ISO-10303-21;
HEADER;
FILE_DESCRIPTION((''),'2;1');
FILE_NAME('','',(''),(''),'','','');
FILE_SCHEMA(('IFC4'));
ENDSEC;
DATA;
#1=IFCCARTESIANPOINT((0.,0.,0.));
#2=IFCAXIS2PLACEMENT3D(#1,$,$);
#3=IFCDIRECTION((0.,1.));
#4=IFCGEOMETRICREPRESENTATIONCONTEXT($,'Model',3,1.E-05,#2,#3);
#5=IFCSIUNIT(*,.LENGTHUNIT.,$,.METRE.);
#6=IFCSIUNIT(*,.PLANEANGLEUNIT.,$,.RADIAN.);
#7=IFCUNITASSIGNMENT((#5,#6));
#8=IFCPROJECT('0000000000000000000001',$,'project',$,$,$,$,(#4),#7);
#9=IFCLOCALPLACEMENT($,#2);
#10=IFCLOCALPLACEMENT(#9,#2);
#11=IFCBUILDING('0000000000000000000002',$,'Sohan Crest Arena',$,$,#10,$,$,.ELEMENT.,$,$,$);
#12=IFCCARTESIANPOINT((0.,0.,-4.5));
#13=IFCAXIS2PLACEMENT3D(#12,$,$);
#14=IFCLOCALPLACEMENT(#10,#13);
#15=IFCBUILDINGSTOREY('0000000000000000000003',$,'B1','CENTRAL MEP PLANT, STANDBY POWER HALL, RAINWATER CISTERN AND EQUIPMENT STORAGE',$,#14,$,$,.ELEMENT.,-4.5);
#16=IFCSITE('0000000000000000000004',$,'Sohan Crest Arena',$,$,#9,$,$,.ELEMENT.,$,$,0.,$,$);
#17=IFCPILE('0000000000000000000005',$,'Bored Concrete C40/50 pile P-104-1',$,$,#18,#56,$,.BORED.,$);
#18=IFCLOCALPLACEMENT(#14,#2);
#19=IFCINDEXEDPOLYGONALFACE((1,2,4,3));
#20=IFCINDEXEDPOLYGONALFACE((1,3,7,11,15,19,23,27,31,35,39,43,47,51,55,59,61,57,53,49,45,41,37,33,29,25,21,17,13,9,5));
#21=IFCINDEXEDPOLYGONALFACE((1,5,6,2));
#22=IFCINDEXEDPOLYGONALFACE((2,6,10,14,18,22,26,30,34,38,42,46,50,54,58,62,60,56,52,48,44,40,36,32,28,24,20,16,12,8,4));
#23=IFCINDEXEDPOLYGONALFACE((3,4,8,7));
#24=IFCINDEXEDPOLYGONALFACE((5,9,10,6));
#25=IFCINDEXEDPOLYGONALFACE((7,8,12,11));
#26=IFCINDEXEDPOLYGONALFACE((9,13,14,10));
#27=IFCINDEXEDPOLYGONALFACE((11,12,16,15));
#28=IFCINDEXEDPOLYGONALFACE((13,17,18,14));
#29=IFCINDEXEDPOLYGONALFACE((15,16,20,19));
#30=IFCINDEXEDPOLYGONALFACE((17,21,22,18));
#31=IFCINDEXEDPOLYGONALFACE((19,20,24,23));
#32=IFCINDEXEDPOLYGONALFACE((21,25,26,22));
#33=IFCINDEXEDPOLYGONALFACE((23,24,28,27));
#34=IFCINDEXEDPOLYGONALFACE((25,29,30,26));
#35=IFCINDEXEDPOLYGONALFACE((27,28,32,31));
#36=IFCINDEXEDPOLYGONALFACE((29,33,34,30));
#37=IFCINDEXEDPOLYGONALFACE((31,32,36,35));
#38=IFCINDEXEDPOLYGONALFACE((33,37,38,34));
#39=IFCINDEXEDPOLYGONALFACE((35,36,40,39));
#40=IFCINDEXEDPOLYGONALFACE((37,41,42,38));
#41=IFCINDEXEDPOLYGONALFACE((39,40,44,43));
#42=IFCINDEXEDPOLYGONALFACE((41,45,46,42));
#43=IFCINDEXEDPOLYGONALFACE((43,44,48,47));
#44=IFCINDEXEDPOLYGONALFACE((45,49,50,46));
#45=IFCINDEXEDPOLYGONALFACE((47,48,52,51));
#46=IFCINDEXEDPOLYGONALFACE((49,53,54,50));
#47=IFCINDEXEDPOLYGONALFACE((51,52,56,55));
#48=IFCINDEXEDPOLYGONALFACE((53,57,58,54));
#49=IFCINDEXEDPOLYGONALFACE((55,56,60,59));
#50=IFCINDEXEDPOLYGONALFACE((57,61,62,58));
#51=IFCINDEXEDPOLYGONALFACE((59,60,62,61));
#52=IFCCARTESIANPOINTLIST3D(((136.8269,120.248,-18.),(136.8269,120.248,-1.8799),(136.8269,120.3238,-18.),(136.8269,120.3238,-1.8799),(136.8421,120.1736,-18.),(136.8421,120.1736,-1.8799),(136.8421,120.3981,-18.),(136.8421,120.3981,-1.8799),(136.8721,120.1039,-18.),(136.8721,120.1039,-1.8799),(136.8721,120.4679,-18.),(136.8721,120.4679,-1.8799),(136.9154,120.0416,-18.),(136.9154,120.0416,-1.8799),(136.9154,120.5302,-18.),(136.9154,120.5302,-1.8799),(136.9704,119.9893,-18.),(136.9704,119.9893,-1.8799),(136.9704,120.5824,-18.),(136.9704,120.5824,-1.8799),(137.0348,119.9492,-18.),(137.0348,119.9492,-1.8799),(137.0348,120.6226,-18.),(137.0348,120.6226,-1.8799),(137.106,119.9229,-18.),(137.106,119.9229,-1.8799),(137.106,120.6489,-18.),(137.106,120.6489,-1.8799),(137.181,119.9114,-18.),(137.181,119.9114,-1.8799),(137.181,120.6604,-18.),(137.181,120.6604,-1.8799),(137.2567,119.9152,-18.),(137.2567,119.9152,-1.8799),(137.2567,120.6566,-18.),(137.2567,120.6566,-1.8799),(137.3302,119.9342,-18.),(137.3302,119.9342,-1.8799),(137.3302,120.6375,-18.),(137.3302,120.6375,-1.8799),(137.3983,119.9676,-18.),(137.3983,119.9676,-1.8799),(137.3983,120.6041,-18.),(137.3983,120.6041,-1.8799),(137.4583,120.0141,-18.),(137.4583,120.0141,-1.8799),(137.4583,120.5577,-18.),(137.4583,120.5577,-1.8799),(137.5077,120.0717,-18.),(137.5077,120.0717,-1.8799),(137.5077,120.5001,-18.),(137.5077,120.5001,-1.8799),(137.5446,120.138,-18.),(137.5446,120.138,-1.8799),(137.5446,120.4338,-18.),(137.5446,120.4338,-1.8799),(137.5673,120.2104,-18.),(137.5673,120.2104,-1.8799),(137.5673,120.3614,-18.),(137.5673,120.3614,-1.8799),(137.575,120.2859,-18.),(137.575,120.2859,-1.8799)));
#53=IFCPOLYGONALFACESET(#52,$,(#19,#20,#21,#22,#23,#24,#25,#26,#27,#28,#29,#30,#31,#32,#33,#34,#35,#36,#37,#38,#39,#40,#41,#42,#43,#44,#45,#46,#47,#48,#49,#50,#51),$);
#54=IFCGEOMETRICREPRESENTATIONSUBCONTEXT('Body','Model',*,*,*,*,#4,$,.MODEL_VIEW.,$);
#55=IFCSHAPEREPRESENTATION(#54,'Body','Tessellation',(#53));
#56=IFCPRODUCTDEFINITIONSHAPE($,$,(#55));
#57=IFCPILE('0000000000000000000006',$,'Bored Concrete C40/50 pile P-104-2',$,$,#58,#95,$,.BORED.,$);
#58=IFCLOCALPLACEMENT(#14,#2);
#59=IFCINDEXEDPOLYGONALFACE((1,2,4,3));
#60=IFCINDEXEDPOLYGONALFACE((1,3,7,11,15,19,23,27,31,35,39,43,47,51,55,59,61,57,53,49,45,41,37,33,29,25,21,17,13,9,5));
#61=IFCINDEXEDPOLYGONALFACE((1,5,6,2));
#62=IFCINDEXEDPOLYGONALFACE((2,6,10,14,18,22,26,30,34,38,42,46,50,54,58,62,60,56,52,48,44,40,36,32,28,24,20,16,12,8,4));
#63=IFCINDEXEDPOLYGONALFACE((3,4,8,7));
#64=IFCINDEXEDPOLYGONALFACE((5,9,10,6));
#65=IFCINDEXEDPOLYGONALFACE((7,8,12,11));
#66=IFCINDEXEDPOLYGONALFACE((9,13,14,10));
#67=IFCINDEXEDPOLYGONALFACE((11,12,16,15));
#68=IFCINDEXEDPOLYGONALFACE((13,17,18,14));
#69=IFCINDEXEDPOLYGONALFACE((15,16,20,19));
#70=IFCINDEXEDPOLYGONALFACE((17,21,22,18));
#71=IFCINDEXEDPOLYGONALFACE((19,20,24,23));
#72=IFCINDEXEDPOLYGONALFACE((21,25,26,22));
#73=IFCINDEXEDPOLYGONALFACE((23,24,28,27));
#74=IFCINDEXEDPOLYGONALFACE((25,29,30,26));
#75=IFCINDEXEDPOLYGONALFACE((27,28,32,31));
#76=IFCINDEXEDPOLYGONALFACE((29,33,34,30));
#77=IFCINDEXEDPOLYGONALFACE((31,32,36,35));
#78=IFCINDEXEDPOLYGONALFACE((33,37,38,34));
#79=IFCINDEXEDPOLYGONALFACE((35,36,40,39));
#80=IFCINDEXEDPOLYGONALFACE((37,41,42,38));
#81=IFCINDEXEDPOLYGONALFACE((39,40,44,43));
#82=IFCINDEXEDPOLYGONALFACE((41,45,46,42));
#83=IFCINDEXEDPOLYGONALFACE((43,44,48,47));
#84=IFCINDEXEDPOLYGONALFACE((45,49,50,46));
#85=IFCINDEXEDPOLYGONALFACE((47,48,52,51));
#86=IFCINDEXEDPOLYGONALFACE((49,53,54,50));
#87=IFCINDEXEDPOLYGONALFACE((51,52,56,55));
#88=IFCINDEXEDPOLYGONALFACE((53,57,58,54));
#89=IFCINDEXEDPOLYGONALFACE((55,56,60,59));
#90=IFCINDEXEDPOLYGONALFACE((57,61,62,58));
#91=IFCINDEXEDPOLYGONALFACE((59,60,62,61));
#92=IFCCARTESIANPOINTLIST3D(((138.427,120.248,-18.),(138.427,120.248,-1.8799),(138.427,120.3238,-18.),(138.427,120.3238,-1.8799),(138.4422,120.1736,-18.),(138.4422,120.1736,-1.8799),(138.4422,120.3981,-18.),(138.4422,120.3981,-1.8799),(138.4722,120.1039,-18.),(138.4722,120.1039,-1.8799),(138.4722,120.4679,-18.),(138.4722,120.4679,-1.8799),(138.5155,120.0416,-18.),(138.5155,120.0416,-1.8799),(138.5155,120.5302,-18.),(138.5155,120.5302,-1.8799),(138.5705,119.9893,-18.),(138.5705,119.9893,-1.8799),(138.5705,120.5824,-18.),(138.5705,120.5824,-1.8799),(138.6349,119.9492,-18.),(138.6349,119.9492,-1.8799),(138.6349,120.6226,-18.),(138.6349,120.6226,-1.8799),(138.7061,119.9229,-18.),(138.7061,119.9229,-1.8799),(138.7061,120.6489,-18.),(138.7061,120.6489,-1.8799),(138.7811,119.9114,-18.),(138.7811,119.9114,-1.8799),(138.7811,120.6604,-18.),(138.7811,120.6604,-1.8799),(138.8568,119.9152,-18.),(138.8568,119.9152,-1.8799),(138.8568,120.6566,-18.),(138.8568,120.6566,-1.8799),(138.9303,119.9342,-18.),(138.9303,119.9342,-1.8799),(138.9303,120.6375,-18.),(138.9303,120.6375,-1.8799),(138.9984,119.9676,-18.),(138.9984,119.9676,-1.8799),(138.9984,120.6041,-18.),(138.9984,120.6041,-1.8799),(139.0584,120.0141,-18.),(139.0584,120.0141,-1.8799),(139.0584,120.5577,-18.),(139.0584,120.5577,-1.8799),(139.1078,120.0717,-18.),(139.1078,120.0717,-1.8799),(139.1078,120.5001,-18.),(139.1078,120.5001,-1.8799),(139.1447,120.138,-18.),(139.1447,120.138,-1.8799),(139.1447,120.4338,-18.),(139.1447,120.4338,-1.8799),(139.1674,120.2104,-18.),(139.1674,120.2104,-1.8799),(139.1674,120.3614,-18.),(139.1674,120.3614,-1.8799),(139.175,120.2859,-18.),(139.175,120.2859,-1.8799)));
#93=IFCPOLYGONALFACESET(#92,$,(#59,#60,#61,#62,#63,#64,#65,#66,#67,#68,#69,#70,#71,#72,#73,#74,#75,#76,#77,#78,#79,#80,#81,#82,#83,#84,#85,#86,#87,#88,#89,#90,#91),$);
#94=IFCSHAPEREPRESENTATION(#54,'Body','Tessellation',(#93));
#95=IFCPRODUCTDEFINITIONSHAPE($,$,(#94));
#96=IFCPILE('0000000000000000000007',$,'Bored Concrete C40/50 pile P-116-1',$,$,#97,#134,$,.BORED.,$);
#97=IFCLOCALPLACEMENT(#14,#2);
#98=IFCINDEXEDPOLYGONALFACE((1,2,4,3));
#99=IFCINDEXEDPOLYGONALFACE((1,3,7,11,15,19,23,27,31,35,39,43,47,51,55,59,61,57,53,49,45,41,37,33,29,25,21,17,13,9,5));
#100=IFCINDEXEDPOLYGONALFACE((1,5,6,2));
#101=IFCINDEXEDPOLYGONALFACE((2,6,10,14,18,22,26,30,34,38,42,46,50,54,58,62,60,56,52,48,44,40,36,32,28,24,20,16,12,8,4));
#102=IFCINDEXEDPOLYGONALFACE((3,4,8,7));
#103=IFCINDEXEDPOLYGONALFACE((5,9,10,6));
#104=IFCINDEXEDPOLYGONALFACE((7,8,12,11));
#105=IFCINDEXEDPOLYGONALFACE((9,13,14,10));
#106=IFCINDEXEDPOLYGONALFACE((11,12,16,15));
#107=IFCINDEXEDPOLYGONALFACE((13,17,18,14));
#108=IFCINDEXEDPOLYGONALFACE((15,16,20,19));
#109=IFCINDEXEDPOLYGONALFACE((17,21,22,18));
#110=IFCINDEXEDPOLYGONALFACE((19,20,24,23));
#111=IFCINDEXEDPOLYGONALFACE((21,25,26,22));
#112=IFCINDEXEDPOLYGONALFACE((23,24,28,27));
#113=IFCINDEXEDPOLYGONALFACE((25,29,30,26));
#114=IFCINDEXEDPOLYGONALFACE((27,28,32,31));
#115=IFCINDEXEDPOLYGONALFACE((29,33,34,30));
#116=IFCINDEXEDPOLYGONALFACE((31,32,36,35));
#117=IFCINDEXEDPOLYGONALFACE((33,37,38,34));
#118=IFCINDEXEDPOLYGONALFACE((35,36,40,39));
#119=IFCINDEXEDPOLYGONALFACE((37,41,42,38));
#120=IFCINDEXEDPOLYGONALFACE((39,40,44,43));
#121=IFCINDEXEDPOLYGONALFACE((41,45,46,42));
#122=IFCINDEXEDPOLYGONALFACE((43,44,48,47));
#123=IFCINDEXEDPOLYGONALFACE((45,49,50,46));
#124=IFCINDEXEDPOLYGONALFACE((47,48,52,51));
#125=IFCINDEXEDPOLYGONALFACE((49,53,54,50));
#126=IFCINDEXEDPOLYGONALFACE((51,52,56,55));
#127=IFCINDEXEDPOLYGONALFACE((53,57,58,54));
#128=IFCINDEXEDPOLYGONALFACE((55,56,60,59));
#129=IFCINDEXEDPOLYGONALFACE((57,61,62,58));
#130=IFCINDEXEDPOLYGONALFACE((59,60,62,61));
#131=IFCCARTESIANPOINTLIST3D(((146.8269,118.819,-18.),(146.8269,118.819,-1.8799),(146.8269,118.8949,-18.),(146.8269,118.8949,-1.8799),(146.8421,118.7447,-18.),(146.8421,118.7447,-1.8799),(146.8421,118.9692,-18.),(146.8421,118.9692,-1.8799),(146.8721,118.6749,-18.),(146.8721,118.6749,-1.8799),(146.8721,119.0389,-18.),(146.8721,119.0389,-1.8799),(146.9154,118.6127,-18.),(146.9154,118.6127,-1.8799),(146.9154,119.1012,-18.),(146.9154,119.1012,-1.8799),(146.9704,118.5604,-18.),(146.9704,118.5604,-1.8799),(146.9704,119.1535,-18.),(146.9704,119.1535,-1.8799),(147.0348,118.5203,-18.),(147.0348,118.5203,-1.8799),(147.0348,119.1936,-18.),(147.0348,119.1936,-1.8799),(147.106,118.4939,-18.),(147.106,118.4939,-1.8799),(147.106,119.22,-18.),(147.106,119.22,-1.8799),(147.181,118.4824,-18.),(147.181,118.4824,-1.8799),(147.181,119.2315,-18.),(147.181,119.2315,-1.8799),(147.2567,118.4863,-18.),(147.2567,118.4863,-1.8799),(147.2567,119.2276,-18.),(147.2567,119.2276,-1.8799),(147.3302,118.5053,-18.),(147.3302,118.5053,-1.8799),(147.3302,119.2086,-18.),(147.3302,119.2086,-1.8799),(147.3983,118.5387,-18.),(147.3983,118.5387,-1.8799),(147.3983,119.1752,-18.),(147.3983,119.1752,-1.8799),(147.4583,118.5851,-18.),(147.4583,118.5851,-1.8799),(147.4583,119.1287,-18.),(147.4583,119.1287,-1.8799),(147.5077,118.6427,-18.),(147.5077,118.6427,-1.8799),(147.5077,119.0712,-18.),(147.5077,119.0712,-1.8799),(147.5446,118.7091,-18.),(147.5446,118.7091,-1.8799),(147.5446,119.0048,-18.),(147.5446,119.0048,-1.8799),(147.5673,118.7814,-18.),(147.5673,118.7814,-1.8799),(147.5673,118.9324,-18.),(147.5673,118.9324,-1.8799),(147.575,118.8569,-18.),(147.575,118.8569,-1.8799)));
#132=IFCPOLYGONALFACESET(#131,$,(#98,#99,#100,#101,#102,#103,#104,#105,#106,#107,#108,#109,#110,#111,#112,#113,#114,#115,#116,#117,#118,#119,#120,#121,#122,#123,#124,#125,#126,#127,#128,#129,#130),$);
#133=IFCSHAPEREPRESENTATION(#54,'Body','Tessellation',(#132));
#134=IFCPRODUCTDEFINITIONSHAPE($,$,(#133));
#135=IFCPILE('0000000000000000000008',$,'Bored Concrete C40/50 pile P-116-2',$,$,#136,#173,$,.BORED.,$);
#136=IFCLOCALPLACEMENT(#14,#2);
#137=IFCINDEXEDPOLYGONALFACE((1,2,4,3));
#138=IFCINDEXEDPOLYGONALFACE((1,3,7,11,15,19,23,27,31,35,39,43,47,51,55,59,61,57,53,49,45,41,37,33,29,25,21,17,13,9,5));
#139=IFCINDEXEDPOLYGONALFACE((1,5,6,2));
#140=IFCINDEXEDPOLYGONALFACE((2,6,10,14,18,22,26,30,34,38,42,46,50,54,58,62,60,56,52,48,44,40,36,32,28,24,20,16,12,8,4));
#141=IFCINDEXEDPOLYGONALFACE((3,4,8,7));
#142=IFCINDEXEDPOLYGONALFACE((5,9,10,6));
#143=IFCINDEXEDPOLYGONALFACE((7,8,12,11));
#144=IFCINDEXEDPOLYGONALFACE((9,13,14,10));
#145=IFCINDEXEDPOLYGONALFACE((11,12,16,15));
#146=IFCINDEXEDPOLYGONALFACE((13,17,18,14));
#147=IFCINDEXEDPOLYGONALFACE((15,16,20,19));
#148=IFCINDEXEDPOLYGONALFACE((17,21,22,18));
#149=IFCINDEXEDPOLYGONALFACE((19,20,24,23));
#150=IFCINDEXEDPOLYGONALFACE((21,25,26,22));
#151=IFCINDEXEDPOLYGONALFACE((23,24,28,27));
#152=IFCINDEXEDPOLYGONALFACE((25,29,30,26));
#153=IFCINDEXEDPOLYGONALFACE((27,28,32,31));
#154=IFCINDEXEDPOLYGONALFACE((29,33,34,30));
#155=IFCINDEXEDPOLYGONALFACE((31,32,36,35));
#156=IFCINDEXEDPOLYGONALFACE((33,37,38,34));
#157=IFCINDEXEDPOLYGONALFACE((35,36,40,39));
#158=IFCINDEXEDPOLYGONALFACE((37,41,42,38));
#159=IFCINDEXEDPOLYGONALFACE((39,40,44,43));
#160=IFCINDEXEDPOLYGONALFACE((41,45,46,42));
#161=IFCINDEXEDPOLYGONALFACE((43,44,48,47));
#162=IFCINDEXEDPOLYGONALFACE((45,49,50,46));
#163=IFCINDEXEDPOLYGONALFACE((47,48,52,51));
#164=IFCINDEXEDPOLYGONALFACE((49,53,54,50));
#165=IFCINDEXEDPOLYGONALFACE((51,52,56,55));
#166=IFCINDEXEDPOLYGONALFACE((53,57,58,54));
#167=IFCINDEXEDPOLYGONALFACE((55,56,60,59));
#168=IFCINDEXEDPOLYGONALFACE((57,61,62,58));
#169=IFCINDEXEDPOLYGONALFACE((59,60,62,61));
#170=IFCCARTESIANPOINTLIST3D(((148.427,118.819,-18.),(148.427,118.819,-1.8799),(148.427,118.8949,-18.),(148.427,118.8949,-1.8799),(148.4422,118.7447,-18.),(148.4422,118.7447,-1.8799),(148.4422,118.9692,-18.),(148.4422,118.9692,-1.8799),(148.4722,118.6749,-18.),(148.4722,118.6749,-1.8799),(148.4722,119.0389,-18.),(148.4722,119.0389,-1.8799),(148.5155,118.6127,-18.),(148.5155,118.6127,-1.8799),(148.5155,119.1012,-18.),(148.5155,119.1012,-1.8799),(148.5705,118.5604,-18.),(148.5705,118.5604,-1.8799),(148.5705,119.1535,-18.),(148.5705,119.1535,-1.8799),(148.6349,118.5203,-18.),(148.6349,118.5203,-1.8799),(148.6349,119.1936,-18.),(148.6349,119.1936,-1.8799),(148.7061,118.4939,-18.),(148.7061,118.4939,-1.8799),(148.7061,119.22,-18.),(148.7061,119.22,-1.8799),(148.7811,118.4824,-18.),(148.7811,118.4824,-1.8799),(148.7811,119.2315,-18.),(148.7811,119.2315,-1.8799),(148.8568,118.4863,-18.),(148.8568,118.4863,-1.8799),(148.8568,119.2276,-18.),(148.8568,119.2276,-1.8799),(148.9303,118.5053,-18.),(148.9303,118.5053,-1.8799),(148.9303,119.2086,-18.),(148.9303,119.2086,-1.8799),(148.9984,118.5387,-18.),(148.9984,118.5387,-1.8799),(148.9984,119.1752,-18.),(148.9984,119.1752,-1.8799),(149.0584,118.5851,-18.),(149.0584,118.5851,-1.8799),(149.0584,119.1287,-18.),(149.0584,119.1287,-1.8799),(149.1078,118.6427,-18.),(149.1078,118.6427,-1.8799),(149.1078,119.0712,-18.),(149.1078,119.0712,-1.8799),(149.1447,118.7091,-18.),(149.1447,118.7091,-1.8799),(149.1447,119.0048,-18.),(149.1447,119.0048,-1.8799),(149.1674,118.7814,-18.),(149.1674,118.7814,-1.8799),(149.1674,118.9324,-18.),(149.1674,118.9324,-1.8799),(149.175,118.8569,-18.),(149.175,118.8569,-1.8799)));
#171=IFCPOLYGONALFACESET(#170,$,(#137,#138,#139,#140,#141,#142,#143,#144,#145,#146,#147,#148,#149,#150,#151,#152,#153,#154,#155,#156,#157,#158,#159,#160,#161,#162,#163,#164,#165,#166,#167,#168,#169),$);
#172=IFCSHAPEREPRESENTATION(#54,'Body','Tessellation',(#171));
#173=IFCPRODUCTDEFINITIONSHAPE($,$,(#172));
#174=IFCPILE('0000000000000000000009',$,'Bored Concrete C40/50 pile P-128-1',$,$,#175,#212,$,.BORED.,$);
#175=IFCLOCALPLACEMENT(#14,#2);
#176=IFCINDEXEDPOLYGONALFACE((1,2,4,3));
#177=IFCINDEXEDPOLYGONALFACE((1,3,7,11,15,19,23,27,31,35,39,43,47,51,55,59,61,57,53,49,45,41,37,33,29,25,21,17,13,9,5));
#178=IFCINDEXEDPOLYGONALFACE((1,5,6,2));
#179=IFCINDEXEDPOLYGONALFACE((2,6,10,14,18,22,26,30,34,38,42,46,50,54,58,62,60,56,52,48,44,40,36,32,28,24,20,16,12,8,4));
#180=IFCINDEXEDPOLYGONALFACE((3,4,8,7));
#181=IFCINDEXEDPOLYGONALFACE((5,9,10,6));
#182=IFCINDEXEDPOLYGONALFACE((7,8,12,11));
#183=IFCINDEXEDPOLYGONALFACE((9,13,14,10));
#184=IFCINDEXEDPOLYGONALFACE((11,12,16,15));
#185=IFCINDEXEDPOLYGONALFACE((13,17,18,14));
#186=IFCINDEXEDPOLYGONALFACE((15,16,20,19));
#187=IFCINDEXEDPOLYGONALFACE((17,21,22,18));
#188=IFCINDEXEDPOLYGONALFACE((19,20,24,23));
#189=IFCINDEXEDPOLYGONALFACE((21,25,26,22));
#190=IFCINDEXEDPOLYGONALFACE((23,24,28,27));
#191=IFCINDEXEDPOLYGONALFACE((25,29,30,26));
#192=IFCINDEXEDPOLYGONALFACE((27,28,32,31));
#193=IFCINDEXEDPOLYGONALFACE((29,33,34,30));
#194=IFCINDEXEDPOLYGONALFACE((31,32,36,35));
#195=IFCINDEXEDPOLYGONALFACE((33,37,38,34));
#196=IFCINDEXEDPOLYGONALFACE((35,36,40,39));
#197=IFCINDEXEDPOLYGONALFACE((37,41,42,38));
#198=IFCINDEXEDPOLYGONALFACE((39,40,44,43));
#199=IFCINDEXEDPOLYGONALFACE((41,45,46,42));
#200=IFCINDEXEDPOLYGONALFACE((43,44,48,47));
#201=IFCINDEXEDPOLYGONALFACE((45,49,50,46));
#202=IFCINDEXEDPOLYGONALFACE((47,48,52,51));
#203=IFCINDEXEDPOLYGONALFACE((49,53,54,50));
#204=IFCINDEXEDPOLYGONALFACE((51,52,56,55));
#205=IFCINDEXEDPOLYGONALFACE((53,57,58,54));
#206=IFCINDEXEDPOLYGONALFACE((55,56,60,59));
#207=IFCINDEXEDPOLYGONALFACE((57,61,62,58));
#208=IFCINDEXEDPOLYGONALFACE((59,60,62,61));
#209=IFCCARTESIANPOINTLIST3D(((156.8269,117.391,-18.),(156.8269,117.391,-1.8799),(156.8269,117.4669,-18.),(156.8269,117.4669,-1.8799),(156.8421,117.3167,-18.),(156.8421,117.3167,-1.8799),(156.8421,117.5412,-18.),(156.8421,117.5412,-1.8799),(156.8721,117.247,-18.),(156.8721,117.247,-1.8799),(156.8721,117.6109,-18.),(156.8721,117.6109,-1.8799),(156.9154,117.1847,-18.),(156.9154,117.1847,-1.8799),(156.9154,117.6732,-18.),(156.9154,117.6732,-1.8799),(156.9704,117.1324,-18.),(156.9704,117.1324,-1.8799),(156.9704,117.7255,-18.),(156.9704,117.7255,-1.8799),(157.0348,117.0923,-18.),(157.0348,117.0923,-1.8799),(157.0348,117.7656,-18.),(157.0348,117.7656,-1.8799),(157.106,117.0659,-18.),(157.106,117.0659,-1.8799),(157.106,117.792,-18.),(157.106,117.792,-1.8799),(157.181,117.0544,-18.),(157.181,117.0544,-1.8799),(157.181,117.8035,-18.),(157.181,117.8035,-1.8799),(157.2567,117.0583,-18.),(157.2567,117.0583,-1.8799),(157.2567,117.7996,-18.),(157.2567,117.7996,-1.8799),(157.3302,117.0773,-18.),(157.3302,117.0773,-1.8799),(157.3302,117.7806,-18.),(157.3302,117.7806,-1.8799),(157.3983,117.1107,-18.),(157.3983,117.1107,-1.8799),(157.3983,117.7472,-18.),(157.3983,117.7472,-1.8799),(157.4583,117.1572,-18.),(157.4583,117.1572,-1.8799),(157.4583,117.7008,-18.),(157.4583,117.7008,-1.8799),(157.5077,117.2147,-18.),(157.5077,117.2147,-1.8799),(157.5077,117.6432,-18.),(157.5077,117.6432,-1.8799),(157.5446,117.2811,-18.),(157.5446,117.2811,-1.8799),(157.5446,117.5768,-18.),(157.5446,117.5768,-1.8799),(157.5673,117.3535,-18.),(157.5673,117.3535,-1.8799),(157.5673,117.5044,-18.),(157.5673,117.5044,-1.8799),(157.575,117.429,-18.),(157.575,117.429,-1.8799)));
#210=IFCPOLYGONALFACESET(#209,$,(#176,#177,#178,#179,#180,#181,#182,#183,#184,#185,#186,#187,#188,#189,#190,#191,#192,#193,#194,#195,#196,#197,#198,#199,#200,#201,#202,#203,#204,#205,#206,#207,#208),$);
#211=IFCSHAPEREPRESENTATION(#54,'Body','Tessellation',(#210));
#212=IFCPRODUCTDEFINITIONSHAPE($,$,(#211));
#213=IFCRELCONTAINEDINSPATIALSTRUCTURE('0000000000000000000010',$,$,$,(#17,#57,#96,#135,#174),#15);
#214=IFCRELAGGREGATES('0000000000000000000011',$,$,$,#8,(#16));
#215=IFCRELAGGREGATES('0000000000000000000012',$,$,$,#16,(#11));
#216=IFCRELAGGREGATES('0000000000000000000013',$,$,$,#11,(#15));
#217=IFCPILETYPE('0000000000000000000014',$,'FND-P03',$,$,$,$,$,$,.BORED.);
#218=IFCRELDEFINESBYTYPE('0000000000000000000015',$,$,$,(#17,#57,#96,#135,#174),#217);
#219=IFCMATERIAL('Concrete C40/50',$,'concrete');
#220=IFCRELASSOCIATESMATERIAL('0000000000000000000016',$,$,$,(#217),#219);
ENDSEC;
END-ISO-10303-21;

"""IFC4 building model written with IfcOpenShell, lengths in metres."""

from ifc_helpers import new_model, si_unit, direction, frame, origin, origin_2d, place, context, subcontext, project, spatial, circle, extrude, material, material_profile, profile_set, type_object, element, save


model = new_model("IFC4")

# Units and contexts
model_context = context("Model", 3, precision=1e-05, world=origin(), true_north=direction((0.0, 1.0)))
body_context = subcontext(model_context, "Body", "Model", "MODEL_VIEW")
ifc_project = project(units=[si_unit("LENGTHUNIT", "METRE"), si_unit("PLANEANGLEUNIT", "RADIAN")], contexts=[model_context])

# Site, building, storey
site_placement = place(None, origin())
site = spatial("IfcSite", under=ifc_project, at=site_placement, Name="Sohan Crest Arena", CompositionType="ELEMENT", RefElevation=0.0)
building_placement = place(site_placement, origin())
building = spatial("IfcBuilding", under=site, at=building_placement, Name="Sohan Crest Arena", CompositionType="ELEMENT")
storey_placement = place(building_placement, frame((0.0, 0.0, -4.5)))
storey = spatial("IfcBuildingStorey", under=building, at=storey_placement, Name="B1", Description="CENTRAL MEP PLANT, STANDBY POWER HALL, RAINWATER CISTERN AND EQUIPMENT STORAGE", CompositionType="ELEMENT", Elevation=-4.5)

# Shared definitions
ifc_material_1 = material(Name="Concrete C40/50", Category="concrete")

# Piles
ifc_material_profile_1 = material_profile(ifc_material_1, circle(Radius=0.375, at=origin_2d()), Name="PILE D750")
ifc_profile_set_1 = profile_set([ifc_material_profile_1], Name="Concrete C40/50")
pile_type_1 = type_object("IfcPileType", Name="FND-P03", PredefinedType="BORED", material=ifc_profile_set_1)
for number, where, z_axis, x_axis, name in (
    (1, (137.2, 120.2859, -18.0), (0.0, 0.0, 1.0), (1.0, 0.0, 0.0), "Bored Concrete C40/50 pile P-104-1"),
    (2, (138.8, 120.2859, -18.0), (0.0, 0.0, 1.0), (1.0, 0.0, 0.0), "Bored Concrete C40/50 pile P-104-2"),
    (3, (147.2, 118.8569, -18.0), (0.0, 0.0, 1.0), (1.0, 0.0, 0.0), "Bored Concrete C40/50 pile P-116-1"),
    (4, (148.8, 118.8569, -18.0), (0.0, 0.0, 1.0), (1.0, 0.0, 0.0), "Bored Concrete C40/50 pile P-116-2"),
    (5, (157.2, 117.429, -18.0), (0.0, 0.0, 1.0), (1.0, 0.0, 0.0), "Bored Concrete C40/50 pile P-128-1"),
):
    element("IfcPile", number, at=place(storey_placement, frame(where, z_axis=z_axis, x_axis=x_axis)), inside=storey, type_object=pile_type_1, Name=name, PredefinedType="BORED", context=body_context, shape_type="SweptSolid", body=[
        extrude(circle(Radius=0.375, at=origin_2d()), origin(), (0.0, 0.0, 1.0), 16.1201),
    ])

save(model, "model.ifc")
